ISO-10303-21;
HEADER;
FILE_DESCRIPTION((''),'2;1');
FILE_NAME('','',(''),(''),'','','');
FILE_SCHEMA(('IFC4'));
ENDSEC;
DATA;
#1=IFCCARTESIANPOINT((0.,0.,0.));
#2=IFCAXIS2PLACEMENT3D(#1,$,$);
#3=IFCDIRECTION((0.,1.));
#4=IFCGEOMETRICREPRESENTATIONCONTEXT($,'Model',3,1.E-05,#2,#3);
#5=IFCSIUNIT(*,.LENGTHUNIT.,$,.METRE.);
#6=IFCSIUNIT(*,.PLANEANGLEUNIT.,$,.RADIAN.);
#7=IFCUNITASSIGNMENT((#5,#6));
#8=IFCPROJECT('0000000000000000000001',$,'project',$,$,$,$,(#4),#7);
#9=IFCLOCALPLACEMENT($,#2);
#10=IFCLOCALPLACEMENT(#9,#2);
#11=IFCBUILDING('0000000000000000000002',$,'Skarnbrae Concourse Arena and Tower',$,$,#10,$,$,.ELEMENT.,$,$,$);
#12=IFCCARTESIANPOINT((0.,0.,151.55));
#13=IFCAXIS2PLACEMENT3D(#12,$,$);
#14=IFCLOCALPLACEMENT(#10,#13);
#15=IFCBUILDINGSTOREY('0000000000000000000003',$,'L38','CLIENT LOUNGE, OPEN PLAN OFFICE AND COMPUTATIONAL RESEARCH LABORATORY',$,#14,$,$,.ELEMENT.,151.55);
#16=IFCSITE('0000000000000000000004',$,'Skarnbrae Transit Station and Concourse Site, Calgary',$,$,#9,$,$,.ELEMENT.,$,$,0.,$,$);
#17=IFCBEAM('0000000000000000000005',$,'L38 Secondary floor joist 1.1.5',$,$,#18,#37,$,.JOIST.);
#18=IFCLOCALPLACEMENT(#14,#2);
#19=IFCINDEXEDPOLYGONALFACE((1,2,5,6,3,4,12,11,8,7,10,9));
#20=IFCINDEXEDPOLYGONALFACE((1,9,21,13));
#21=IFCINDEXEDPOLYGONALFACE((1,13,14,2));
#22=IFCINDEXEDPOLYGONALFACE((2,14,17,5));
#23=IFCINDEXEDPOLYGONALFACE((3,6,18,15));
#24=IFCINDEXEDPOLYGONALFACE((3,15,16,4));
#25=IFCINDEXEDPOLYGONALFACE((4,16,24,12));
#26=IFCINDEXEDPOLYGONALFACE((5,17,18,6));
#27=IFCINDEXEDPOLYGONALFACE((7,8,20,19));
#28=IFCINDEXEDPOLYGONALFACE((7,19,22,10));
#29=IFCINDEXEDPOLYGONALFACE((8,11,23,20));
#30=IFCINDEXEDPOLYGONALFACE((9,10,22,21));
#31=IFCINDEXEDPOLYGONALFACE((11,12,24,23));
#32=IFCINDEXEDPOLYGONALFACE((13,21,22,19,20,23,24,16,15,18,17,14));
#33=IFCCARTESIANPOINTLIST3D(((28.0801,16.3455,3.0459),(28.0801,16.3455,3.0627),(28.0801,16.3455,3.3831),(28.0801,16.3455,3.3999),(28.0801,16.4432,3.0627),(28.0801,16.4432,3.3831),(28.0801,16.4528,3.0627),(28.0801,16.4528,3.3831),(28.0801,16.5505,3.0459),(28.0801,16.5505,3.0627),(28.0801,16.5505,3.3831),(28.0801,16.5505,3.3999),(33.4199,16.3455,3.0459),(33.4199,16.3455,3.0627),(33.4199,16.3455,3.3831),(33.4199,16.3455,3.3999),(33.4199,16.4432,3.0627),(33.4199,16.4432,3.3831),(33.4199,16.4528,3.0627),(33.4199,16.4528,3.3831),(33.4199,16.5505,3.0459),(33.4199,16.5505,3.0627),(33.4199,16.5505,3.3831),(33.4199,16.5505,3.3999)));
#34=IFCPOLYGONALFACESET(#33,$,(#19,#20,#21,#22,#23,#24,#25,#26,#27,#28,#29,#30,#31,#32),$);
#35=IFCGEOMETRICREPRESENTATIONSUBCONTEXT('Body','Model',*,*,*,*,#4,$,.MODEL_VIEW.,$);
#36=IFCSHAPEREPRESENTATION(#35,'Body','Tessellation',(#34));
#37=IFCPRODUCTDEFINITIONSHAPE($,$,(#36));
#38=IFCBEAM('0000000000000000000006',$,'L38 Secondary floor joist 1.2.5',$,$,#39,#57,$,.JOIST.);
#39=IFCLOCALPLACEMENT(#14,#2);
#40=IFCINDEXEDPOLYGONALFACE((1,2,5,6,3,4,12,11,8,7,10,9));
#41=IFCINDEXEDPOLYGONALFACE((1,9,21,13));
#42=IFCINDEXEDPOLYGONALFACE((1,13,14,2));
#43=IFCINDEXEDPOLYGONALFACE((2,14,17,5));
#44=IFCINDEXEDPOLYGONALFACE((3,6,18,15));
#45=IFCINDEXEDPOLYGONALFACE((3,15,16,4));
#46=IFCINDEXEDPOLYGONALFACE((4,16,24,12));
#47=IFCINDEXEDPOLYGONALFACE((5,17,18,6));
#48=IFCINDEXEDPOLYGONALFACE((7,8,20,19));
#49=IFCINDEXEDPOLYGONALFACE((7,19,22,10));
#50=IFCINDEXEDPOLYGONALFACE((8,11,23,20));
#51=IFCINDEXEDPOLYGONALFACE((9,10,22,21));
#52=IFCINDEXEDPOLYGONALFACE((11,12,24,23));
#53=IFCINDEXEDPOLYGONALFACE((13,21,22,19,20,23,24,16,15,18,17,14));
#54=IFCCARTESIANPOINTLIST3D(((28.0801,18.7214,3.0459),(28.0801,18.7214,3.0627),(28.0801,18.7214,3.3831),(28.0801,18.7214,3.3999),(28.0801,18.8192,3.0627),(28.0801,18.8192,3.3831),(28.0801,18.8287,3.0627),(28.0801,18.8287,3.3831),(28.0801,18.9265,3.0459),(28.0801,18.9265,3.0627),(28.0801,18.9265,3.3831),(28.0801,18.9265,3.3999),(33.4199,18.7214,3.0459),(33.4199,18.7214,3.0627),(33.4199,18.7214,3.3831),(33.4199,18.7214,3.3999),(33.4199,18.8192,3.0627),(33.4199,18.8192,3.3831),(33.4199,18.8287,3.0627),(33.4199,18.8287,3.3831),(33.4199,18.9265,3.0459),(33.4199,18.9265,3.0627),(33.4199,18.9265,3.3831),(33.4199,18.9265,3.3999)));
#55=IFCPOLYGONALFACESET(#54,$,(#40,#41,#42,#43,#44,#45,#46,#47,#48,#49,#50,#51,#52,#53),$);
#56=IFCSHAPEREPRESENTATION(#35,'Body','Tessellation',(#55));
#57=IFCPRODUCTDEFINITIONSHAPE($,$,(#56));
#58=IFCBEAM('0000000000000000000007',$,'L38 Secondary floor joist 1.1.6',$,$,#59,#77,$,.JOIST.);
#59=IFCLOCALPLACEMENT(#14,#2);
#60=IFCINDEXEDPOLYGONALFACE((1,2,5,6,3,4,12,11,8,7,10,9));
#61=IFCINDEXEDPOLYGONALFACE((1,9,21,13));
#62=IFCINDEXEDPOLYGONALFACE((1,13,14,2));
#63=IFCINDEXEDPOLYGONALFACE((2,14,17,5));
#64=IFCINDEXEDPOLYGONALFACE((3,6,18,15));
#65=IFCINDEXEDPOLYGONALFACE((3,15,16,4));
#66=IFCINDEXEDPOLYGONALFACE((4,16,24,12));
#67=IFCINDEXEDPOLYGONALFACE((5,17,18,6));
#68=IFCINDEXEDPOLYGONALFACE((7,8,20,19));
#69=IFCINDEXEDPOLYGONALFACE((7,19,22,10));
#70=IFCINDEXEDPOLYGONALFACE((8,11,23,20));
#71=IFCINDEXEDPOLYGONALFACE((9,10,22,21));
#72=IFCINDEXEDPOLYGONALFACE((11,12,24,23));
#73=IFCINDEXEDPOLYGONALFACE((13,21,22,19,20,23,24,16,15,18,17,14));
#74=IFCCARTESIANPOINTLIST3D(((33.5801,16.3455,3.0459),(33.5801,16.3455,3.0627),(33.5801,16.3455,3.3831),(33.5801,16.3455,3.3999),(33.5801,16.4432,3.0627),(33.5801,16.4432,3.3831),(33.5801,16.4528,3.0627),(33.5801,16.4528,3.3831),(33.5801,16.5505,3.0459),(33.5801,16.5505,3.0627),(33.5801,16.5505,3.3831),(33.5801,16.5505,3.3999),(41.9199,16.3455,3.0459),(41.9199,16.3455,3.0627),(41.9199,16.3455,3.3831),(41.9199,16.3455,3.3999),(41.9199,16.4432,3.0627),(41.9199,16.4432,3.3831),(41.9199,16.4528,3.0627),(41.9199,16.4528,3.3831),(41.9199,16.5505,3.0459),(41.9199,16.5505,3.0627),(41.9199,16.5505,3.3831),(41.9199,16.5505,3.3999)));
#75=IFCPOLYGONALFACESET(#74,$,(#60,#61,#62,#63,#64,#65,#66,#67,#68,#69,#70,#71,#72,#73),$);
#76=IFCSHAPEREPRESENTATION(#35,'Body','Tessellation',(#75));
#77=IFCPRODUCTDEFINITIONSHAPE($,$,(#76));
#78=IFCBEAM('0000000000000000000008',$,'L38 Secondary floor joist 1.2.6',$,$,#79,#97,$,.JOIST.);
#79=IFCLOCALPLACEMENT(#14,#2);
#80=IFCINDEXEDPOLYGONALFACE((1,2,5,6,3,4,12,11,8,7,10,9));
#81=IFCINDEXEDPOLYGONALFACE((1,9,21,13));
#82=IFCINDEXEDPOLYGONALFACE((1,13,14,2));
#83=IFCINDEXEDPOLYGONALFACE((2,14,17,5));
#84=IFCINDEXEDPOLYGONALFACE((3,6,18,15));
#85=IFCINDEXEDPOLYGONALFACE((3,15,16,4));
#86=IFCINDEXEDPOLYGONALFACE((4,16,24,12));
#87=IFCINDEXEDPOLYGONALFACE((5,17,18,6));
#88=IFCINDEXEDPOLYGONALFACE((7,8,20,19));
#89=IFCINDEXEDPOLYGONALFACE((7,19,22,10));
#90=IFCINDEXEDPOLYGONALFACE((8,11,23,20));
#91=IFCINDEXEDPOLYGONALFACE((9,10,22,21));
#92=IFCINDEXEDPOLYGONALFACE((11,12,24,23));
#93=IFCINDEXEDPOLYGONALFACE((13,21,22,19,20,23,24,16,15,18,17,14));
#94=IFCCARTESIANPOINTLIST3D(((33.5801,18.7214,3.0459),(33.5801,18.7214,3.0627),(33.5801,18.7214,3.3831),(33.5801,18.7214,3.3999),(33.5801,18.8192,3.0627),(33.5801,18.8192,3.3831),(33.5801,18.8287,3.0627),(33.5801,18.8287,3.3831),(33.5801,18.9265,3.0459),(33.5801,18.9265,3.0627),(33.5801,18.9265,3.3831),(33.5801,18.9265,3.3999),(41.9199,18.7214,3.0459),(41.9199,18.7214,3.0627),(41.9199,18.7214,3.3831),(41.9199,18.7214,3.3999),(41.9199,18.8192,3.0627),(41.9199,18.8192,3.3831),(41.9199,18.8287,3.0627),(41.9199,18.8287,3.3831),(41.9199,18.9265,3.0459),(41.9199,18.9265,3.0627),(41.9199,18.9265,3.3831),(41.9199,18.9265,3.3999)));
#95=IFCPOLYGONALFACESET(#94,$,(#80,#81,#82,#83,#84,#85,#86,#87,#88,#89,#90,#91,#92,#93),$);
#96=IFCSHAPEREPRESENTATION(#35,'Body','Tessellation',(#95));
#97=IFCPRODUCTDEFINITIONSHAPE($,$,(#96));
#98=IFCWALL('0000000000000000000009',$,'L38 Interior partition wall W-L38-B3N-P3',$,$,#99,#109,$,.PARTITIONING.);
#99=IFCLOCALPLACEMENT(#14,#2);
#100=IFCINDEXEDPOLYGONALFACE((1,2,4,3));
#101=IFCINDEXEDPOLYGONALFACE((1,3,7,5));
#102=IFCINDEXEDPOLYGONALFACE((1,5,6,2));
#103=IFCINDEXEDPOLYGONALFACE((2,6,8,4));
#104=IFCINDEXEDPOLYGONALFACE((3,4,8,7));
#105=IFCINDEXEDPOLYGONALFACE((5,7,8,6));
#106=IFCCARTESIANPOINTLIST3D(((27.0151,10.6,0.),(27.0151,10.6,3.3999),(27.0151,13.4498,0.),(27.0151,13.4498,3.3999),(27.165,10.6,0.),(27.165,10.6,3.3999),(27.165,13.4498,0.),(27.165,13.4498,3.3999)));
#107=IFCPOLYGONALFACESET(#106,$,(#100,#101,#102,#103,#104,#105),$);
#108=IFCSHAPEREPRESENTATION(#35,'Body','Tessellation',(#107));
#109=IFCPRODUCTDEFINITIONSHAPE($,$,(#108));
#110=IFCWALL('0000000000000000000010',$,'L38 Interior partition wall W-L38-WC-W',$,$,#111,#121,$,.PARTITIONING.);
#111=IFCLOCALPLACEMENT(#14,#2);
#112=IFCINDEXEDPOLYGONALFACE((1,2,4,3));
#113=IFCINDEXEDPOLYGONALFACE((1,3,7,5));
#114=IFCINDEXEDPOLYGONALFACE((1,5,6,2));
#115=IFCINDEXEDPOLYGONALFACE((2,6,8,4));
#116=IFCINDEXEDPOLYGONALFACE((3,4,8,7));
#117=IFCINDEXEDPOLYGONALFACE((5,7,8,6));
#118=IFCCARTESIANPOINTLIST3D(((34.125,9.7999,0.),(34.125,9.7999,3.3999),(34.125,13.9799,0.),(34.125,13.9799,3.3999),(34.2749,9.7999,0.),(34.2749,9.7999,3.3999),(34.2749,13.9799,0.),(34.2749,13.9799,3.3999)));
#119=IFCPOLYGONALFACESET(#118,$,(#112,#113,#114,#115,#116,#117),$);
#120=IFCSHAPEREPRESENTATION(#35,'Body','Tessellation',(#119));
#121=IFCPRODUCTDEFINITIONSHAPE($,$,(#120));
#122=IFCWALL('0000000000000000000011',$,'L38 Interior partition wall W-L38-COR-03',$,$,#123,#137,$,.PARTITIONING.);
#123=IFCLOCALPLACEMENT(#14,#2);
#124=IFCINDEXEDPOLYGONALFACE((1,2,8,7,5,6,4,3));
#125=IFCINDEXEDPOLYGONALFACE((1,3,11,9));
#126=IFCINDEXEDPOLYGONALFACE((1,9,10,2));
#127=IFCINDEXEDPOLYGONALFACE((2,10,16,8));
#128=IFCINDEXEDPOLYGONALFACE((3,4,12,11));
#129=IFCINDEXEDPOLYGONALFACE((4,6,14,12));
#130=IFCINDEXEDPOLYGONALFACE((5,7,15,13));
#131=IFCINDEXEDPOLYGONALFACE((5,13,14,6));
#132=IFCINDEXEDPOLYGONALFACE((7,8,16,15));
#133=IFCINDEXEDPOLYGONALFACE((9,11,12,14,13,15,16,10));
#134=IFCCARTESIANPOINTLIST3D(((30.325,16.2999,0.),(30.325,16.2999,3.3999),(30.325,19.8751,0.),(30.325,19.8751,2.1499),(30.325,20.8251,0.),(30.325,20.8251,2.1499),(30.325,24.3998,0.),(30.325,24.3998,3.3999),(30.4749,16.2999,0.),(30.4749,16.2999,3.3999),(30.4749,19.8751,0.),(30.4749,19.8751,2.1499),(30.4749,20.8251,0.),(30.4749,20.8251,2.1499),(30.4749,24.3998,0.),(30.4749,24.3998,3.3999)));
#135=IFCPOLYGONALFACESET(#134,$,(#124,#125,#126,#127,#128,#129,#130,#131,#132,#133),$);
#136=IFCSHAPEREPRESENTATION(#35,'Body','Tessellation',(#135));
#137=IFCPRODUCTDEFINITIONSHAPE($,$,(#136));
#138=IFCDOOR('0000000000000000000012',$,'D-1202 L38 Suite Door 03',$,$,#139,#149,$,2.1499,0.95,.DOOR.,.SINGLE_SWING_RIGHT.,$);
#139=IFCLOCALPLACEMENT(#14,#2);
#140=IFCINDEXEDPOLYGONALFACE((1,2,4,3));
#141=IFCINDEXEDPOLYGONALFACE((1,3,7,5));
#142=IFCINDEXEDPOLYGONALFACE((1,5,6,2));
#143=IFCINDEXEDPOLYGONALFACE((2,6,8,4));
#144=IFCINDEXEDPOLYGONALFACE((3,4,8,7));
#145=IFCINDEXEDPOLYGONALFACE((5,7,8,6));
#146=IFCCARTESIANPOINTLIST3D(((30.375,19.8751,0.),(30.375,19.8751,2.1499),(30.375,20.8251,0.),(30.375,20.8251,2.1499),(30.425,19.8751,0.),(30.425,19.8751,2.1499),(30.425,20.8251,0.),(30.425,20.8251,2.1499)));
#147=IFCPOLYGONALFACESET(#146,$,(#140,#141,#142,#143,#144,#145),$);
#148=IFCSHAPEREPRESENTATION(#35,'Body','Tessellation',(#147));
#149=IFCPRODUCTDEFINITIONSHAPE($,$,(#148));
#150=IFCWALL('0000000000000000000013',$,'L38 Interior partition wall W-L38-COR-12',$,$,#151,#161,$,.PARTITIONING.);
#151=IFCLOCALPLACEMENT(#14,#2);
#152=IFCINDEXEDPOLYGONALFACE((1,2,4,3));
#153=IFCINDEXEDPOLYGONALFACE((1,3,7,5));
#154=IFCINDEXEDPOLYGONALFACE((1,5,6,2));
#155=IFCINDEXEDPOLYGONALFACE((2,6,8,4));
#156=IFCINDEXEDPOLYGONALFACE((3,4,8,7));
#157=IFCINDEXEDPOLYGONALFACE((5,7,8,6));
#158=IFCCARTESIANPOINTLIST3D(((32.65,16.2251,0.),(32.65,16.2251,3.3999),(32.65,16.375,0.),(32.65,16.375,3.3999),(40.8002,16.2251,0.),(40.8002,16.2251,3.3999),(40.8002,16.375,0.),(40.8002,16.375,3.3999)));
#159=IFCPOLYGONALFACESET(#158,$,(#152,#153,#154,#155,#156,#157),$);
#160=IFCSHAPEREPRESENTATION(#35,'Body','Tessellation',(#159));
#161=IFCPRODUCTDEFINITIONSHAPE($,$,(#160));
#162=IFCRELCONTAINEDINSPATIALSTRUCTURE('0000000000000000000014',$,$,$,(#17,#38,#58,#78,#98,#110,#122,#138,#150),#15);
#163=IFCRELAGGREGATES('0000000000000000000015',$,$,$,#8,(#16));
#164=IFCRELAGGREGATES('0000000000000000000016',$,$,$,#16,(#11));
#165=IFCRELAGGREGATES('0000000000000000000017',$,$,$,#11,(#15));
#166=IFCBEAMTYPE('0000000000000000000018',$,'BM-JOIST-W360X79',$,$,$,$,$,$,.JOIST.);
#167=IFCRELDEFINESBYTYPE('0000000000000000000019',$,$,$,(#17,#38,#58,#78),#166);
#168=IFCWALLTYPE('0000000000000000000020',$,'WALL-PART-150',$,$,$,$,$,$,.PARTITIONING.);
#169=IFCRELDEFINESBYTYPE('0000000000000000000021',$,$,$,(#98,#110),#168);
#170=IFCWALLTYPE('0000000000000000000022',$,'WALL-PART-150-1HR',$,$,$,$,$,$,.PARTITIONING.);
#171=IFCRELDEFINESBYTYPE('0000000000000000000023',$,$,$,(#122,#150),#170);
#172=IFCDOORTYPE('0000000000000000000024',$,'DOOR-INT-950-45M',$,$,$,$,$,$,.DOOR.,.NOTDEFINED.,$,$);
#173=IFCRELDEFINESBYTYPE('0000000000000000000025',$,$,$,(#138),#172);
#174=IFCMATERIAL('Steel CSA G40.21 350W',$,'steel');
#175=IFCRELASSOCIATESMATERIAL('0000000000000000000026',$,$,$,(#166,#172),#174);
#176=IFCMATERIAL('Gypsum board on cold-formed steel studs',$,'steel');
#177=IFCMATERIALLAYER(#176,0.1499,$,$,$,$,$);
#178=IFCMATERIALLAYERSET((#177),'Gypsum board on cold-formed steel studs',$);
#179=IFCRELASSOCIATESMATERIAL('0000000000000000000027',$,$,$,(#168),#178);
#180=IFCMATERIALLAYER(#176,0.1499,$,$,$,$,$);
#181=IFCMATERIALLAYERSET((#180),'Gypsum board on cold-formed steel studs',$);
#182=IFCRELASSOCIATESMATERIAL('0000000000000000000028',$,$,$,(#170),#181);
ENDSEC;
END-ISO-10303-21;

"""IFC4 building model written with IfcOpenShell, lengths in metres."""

from ifc_helpers import new_model, si_unit, direction, frame, frame_2d, origin, origin_2d, place, context, subcontext, project, spatial, rectangle, i_section, extrude, source, transform, mapped, material, layer, layer_set, material_profile, profile_set, type_object, element, fill, save


model = new_model("IFC4")

# Units and contexts
model_context = context("Model", 3, precision=1e-05, world=origin(), true_north=direction((0.0, 1.0)))
body_context = subcontext(model_context, "Body", "Model", "MODEL_VIEW")
ifc_project = project(units=[si_unit("LENGTHUNIT", "METRE"), si_unit("PLANEANGLEUNIT", "RADIAN")], contexts=[model_context])

# Site, building, storey
site_placement = place(None, origin())
site = spatial("IfcSite", under=ifc_project, at=site_placement, Name="Skarnbrae Transit Station and Concourse Site, Calgary", CompositionType="ELEMENT", RefElevation=0.0)
building_placement = place(site_placement, origin())
building = spatial("IfcBuilding", under=site, at=building_placement, Name="Skarnbrae Concourse Arena and Tower", CompositionType="ELEMENT")
storey_placement = place(building_placement, frame((0.0, 0.0, 151.55)))
storey = spatial("IfcBuildingStorey", under=building, at=storey_placement, Name="L38", Description="CLIENT LOUNGE, OPEN PLAN OFFICE AND COMPUTATIONAL RESEARCH LABORATORY", CompositionType="ELEMENT", Elevation=151.55)

# Shared definitions
ifc_material_1 = material(Name="Steel CSA G40.21 350W", Category="steel")

# Beams
ifc_material_profile_1 = material_profile(ifc_material_1, i_section(OverallWidth=0.2051, OverallDepth=0.354, WebThickness=0.0095, FlangeThickness=0.0168, at=origin_2d()), Name="W360X79")
ifc_profile_set_1 = profile_set([ifc_material_profile_1], Name="Steel CSA G40.21 350W")
beam_type_1 = type_object("IfcBeamType", Name="BM-JOIST-W360X79", PredefinedType="JOIST", material=ifc_profile_set_1)
shared_shape_1 = source(origin(), body_context, "Body", "SweptSolid", [
    extrude(i_section(OverallWidth=0.2051, OverallDepth=0.354, WebThickness=0.0095, FlangeThickness=0.0168, at=origin_2d()), origin(), (0.0, 0.0, 1.0), 5.3398),
])
for number, where, z_axis, x_axis, name in (
    (1, (28.0801, 16.448, 3.2229), (1.0, 0.0, 0.0), (0.0, 1.0, 0.0), "L38 Secondary floor joist 1.1.5"),
    (2, (28.0801, 18.824, 3.2229), (1.0, 0.0, 0.0), (0.0, 1.0, 0.0), "L38 Secondary floor joist 1.2.5"),
):
    element("IfcBeam", number, at=place(storey_placement, frame(where, z_axis=z_axis, x_axis=x_axis)), inside=storey, type_object=beam_type_1, Name=name, PredefinedType="JOIST", context=body_context, shape_type="MappedRepresentation", body=[
        mapped(shared_shape_1, transform((0.0, 0.0, 0.0))),
    ])
shared_shape_2 = source(origin(), body_context, "Body", "SweptSolid", [
    extrude(i_section(OverallWidth=0.2051, OverallDepth=0.354, WebThickness=0.0095, FlangeThickness=0.0168, at=origin_2d()), origin(), (0.0, 0.0, 1.0), 8.3398),
])
for number, where, z_axis, x_axis, name in (
    (3, (33.5801, 16.448, 3.2229), (1.0, 0.0, 0.0), (0.0, 1.0, 0.0), "L38 Secondary floor joist 1.1.6"),
    (4, (33.5801, 18.824, 3.2229), (1.0, 0.0, 0.0), (0.0, 1.0, 0.0), "L38 Secondary floor joist 1.2.6"),
):
    element("IfcBeam", number, at=place(storey_placement, frame(where, z_axis=z_axis, x_axis=x_axis)), inside=storey, type_object=beam_type_1, Name=name, PredefinedType="JOIST", context=body_context, shape_type="MappedRepresentation", body=[
        mapped(shared_shape_2, transform((0.0, 0.0, 0.0))),
    ])

# Walls
ifc_material_2 = material(Name="Gypsum board on cold-formed steel studs", Category="steel")
ifc_layer_1 = layer(ifc_material_2, 0.1499)
ifc_layer_set_1 = layer_set([ifc_layer_1], Name="Gypsum board on cold-formed steel studs")
wall_type_1 = type_object("IfcWallType", Name="WALL-PART-150", PredefinedType="PARTITIONING", material=ifc_layer_set_1)
shared_shape_3 = source(origin(), body_context, "Body", "SweptSolid", [
    extrude(rectangle(XDim=2.8499, YDim=0.1499, at=frame_2d((1.4248, 0.0))), origin(), (0.0, 0.0, 1.0), 3.3999),
])
wall_1_placement = place(storey_placement, frame((27.0901, 10.6001, 0.0), z_axis=(0.0, 0.0, 1.0), x_axis=(0.0, 1.0, 0.0)))
element("IfcWall", 5, at=wall_1_placement, inside=storey, type_object=wall_type_1, Name="L38 Interior partition wall W-L38-B3N-P3", PredefinedType="PARTITIONING", context=body_context, shape_type="MappedRepresentation", body=[
    mapped(shared_shape_3, transform((0.0, 0.0, 0.0))),
])
shared_shape_4 = source(origin(), body_context, "Body", "SweptSolid", [
    extrude(rectangle(XDim=4.1799, YDim=0.1499, at=frame_2d((2.0898, 0.0))), origin(), (0.0, 0.0, 1.0), 3.3999),
])
wall_2_placement = place(storey_placement, frame((34.2, 9.8, 0.0), z_axis=(0.0, 0.0, 1.0), x_axis=(0.0, 1.0, 0.0)))
element("IfcWall", 6, at=wall_2_placement, inside=storey, type_object=wall_type_1, Name="L38 Interior partition wall W-L38-WC-W", PredefinedType="PARTITIONING", context=body_context, shape_type="MappedRepresentation", body=[
    mapped(shared_shape_4, transform((0.0, 0.0, 0.0))),
])

# Wall, opening, door
ifc_layer_2 = layer(ifc_material_2, 0.1499)
ifc_layer_set_2 = layer_set([ifc_layer_2], Name="Gypsum board on cold-formed steel studs")
wall_type_2 = type_object("IfcWallType", Name="WALL-PART-150-1HR", PredefinedType="PARTITIONING", material=ifc_layer_set_2)
shared_shape_5 = source(origin(), body_context, "Body", "SweptSolid", [
    extrude(rectangle(XDim=8.0999, YDim=0.1499, at=frame_2d((4.0498, 0.0))), origin(), (0.0, 0.0, 1.0), 3.3999),
])
wall_3_placement = place(storey_placement, frame((30.3999, 16.3, 0.0), z_axis=(0.0, 0.0, 1.0), x_axis=(0.0, 1.0, 0.0)))
wall_3 = element("IfcWall", 7, at=wall_3_placement, inside=storey, type_object=wall_type_2, Name="L38 Interior partition wall W-L38-COR-03", PredefinedType="PARTITIONING", context=body_context, shape_type="MappedRepresentation", body=[
    mapped(shared_shape_5, transform((0.0, 0.0, 0.0))),
])
opening_1_placement = place(wall_3_placement, frame((3.575, 0.0, 0.0)))
opening_1 = element("IfcOpeningElement", 8, at=opening_1_placement, cuts=wall_3, PredefinedType="OPENING", context=body_context, shape_type="SweptSolid", body=[
    extrude(rectangle(XDim=0.95, YDim=2.1499, at=frame_2d((0.4751, 1.075))), frame((0.0, 0.085, 0.0), z_axis=(0.0, -1.0, 0.0), x_axis=(1.0, 0.0, 0.0)), (0.0, 0.0, 1.0), 0.1699),
])
door_type_1 = type_object("IfcDoorType", Name="DOOR-INT-950-45M", OperationType="NOTDEFINED", PredefinedType="DOOR", material=ifc_material_1)
shared_shape_6 = source(origin(), body_context, "Body", "SweptSolid", [
    extrude(rectangle(XDim=0.95, YDim=2.1499, at=frame_2d((0.4751, 1.075))), frame((0.0, 0.0249, 0.0), z_axis=(0.0, -1.0, 0.0), x_axis=(1.0, 0.0, 0.0)), (0.0, 0.0, 1.0), 0.05),
])
door_1_placement = place(opening_1_placement, origin())
door_1 = element("IfcDoor", 9, at=door_1_placement, inside=storey, type_object=door_type_1, Name="D-1202 L38 Suite Door 03", OperationType="SINGLE_SWING_RIGHT", OverallHeight=2.1499, OverallWidth=0.95, PredefinedType="DOOR", context=body_context, shape_type="MappedRepresentation", body=[
    mapped(shared_shape_6, transform((0.0, 0.0, 0.0))),
])
fill(opening_1, door_1)

# Wall
shared_shape_7 = source(origin(), body_context, "Body", "SweptSolid", [
    extrude(rectangle(XDim=8.1501, YDim=0.1499, at=frame_2d((4.0752, 0.0))), origin(), (0.0, 0.0, 1.0), 3.3999),
])
wall_4_placement = place(storey_placement, frame((32.6499, 16.3, 0.0), z_axis=(0.0, 0.0, 1.0), x_axis=(1.0, 0.0, 0.0)))
element("IfcWall", 10, at=wall_4_placement, inside=storey, type_object=wall_type_2, Name="L38 Interior partition wall W-L38-COR-12", PredefinedType="PARTITIONING", context=body_context, shape_type="MappedRepresentation", body=[
    mapped(shared_shape_7, transform((0.0, 0.0, 0.0))),
])

save(model, "model.ifc")
